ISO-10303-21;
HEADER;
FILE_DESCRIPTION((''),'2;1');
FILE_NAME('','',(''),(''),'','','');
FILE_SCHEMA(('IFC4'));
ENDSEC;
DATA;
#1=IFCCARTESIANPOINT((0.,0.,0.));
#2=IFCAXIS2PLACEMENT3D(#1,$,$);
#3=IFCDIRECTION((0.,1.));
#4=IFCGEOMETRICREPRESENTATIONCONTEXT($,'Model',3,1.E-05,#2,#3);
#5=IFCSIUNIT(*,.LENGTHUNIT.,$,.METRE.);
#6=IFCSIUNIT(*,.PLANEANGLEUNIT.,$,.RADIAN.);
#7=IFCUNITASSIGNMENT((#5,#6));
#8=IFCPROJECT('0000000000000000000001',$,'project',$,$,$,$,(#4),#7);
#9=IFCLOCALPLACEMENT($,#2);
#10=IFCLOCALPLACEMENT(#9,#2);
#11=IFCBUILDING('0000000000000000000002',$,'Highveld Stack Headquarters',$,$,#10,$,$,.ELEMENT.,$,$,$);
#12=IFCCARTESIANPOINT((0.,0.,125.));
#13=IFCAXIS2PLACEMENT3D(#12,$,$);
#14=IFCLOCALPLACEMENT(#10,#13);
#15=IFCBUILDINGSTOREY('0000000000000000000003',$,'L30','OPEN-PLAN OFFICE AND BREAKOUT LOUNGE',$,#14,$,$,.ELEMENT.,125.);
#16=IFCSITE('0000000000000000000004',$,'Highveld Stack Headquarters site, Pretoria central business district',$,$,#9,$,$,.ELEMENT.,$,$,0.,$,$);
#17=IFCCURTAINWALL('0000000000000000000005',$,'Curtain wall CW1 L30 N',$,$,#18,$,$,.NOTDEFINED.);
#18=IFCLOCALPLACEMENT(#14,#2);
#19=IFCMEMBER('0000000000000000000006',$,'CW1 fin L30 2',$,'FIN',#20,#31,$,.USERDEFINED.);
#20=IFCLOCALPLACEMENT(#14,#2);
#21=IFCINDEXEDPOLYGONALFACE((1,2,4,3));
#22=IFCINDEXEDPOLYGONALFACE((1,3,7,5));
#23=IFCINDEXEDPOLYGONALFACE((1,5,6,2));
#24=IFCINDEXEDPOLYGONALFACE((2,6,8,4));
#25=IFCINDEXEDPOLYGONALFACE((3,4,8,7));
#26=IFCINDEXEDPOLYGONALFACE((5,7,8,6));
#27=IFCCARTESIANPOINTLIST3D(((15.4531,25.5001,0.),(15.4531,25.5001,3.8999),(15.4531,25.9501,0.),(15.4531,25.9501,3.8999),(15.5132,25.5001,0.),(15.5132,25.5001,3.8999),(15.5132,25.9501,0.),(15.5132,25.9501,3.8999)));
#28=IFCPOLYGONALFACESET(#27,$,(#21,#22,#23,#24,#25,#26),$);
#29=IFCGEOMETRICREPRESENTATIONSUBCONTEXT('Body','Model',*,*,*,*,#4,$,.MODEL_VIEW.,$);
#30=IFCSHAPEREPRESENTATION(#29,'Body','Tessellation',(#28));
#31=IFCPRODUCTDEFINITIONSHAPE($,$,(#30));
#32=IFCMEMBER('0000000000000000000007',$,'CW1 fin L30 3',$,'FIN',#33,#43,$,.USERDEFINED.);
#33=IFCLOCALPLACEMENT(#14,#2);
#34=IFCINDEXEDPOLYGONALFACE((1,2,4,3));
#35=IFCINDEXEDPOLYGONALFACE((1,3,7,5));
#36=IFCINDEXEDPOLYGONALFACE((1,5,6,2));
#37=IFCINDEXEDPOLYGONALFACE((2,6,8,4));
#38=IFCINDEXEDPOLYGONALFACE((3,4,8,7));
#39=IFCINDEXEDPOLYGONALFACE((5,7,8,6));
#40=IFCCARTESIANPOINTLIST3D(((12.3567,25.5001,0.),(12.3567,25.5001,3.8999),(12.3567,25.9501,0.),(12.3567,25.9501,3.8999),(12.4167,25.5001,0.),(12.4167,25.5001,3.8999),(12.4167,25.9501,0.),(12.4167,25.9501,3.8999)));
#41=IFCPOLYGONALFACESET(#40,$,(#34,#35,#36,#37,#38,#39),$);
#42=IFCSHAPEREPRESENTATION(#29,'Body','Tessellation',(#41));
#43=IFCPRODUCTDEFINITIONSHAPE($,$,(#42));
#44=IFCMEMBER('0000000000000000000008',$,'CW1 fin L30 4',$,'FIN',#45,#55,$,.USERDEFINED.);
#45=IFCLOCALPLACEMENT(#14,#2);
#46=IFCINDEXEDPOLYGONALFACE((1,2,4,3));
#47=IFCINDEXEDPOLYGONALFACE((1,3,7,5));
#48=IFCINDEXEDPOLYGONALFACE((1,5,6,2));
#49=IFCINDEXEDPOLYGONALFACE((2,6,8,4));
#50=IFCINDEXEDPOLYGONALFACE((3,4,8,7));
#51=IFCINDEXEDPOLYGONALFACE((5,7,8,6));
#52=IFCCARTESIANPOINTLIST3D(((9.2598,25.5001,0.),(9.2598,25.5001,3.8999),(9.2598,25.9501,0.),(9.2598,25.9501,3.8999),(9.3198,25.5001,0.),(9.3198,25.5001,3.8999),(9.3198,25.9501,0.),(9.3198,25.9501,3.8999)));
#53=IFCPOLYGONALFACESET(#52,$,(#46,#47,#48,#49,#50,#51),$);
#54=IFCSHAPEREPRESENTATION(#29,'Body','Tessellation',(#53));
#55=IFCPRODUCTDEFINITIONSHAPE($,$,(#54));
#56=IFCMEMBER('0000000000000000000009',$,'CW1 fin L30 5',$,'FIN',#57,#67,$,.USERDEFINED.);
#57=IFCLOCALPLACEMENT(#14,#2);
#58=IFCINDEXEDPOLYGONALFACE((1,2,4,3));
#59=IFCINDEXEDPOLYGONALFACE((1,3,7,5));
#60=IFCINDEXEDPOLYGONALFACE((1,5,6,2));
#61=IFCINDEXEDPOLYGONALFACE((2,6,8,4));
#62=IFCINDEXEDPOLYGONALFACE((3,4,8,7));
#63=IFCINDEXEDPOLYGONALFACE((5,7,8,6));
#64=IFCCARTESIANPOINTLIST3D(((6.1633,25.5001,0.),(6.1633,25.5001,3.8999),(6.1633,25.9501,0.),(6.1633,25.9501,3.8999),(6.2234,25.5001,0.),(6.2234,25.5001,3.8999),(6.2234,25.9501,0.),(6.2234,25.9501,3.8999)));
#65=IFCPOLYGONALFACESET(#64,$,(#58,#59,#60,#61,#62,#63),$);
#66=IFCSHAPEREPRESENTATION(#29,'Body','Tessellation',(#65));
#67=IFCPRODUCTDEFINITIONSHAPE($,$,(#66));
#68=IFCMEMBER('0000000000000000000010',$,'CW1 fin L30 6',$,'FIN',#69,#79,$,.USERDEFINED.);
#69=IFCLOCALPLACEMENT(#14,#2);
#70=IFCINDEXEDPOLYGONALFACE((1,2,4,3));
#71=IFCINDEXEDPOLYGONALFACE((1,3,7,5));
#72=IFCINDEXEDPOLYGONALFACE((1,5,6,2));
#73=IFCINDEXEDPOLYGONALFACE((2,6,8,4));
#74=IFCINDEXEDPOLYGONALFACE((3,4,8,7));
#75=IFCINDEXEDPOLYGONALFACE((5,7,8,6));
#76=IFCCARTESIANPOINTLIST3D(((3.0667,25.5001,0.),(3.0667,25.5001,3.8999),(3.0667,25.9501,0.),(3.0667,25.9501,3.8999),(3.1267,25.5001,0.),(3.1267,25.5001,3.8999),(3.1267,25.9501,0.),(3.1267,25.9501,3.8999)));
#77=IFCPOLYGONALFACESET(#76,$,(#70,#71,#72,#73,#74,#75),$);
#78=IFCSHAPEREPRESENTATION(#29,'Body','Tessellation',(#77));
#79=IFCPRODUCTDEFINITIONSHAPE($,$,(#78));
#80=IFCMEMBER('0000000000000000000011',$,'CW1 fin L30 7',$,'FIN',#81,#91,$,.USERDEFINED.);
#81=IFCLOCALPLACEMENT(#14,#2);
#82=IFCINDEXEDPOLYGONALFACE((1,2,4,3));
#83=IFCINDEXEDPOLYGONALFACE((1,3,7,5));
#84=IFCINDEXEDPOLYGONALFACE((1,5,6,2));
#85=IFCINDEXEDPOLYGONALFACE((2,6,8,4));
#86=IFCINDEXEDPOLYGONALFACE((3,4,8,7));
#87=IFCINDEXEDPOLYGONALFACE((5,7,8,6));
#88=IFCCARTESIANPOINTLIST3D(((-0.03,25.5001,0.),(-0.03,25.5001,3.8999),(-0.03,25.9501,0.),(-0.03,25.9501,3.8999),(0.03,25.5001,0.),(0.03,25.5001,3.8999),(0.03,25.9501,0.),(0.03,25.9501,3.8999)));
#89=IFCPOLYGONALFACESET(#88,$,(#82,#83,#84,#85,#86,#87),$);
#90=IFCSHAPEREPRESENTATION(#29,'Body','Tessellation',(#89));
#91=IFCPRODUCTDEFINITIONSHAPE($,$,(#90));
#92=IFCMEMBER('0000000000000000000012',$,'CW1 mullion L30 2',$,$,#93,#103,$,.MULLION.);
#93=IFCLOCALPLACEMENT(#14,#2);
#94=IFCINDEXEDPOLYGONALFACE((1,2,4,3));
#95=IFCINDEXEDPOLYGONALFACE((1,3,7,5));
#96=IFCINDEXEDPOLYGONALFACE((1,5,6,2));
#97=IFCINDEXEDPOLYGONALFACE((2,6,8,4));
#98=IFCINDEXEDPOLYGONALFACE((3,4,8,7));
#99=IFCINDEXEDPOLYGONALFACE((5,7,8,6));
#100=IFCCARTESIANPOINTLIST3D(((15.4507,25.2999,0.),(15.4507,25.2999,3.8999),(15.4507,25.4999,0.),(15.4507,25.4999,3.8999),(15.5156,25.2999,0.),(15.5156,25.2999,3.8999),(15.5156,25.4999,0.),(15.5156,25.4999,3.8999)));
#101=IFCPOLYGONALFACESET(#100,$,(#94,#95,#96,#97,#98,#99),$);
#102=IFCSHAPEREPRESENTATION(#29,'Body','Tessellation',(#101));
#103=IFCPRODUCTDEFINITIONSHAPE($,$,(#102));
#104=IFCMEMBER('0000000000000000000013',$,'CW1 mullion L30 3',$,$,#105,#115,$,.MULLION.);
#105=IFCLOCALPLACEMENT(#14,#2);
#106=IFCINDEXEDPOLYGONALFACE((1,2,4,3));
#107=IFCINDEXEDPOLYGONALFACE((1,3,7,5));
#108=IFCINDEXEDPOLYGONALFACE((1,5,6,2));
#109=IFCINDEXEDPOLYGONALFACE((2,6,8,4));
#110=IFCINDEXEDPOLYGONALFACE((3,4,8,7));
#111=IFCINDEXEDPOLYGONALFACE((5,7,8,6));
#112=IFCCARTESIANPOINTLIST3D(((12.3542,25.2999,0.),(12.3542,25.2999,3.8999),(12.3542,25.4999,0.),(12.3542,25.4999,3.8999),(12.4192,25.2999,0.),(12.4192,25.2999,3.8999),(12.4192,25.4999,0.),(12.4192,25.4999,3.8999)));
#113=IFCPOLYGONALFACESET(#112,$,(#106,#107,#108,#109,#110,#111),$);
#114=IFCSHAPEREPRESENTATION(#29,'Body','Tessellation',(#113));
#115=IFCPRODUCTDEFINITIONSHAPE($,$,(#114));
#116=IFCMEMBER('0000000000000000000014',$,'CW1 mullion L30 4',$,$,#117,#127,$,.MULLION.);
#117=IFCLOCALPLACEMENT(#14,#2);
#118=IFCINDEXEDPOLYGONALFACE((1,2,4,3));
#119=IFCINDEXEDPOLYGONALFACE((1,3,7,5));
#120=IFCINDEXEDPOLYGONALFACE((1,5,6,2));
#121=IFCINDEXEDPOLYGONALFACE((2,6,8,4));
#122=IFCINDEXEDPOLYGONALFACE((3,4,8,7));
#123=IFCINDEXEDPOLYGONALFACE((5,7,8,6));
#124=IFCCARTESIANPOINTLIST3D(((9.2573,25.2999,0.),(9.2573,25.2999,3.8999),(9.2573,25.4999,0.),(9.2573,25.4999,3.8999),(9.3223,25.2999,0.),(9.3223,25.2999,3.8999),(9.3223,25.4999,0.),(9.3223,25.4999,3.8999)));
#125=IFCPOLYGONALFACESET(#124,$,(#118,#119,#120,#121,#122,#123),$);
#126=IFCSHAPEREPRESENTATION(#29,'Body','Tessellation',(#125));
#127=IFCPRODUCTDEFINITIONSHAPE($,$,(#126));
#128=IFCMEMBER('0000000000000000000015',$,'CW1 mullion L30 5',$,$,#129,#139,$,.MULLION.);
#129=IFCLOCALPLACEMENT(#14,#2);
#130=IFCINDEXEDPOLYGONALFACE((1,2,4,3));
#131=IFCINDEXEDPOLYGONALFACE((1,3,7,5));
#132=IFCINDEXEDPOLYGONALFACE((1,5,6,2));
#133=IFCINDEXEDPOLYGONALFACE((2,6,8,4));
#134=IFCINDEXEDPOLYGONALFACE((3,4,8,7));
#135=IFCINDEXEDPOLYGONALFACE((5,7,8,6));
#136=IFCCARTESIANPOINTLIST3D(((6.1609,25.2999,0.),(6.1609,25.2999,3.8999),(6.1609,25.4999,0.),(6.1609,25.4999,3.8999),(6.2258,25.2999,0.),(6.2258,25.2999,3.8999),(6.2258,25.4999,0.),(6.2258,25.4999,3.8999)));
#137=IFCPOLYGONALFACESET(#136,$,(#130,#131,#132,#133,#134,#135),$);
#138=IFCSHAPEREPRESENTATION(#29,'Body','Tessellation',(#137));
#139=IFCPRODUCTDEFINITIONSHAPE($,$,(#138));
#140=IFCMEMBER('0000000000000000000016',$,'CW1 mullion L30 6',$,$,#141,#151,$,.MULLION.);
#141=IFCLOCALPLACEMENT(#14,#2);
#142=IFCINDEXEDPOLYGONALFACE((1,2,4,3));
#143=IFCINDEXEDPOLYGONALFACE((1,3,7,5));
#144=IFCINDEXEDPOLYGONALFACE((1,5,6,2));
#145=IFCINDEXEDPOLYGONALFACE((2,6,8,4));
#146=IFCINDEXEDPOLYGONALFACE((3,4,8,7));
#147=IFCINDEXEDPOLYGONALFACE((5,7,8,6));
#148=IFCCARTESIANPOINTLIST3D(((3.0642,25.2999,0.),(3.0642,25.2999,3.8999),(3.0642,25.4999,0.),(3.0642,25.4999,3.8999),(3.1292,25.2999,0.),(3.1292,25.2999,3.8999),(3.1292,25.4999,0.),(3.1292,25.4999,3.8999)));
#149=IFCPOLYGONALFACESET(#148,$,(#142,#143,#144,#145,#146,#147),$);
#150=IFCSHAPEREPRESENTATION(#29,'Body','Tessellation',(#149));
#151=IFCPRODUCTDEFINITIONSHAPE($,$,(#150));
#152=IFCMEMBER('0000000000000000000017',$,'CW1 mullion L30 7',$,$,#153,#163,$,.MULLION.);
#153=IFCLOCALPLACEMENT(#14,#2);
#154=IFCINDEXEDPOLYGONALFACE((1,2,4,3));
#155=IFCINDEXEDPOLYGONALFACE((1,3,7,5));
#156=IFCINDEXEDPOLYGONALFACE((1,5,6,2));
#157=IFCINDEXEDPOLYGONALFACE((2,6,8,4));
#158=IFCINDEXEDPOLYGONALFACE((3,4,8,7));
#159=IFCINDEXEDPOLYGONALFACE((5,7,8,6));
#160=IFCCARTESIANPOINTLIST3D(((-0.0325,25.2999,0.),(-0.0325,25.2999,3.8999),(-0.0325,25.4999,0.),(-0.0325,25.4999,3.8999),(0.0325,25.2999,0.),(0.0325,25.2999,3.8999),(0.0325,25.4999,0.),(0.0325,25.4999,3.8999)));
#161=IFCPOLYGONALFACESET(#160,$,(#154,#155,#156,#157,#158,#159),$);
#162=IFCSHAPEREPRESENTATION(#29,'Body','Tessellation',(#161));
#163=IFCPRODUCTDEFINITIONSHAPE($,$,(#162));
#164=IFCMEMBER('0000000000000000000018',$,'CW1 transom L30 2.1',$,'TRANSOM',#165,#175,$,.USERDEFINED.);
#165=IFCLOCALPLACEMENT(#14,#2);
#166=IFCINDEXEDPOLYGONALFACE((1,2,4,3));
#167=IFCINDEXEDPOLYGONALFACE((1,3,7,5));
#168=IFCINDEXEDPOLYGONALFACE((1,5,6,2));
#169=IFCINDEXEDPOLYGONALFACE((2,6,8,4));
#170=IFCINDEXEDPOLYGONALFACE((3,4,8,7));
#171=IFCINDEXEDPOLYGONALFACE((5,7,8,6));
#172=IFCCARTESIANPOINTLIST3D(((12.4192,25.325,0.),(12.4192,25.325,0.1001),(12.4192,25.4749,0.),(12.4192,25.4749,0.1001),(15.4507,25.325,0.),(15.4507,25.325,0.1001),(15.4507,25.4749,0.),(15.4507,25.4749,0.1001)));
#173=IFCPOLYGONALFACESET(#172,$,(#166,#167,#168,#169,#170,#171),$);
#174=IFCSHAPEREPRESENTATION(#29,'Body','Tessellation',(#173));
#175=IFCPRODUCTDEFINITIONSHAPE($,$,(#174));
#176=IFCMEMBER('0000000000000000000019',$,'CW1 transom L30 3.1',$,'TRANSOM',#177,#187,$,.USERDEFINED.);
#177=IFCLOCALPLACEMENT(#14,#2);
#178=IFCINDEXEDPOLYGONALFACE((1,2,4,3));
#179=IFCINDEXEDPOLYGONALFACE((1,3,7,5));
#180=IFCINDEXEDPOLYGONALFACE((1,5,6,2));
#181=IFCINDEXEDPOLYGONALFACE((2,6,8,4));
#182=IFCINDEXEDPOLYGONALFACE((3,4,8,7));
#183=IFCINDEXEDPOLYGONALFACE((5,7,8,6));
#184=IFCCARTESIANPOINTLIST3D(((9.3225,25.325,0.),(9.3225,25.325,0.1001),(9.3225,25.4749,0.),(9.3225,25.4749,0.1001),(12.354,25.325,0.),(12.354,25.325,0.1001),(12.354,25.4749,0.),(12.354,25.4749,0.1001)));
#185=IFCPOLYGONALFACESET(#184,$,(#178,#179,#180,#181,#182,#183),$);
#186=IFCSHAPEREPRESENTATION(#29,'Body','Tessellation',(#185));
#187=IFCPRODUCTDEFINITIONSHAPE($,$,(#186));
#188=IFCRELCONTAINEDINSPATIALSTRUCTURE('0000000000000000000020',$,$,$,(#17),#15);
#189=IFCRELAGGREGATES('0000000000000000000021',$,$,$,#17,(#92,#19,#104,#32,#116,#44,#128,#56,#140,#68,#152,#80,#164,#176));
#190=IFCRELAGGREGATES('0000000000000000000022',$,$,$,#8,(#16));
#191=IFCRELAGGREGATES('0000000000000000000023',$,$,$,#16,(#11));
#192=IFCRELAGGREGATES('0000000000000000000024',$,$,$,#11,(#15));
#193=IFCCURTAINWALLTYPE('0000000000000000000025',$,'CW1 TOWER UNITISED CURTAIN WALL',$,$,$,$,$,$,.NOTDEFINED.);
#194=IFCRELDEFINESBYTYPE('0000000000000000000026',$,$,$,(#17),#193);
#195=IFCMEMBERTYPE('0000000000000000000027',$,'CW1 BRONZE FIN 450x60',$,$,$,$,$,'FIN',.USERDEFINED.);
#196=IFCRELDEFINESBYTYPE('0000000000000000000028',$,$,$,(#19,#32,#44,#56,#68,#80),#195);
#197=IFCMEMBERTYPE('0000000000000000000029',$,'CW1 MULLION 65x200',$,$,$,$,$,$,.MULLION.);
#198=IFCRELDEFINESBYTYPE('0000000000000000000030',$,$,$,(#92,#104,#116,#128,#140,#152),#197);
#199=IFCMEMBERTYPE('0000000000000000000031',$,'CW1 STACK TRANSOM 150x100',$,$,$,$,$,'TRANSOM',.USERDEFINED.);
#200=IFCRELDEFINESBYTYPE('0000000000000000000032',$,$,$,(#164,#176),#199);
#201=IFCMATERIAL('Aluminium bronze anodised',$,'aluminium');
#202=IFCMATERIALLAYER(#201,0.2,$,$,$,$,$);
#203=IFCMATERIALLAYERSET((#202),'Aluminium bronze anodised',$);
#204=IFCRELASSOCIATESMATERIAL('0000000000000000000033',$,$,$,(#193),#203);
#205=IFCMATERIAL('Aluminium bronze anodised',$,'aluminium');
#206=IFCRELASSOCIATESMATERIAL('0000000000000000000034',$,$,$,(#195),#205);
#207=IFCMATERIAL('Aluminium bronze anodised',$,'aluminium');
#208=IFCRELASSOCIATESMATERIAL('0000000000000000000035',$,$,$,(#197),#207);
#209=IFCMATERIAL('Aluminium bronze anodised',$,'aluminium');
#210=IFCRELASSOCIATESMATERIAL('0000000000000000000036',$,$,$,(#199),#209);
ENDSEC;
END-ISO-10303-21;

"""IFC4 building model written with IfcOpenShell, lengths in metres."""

from ifc_helpers import new_model, si_unit, direction, frame, origin, origin_2d, place, context, subcontext, project, spatial, rectangle, extrude, material, layer, layer_set, material_profile, profile_set, type_object, element, aggregate, save


model = new_model("IFC4")

# Units and contexts
model_context = context("Model", 3, precision=1e-05, world=origin(), true_north=direction((0.0, 1.0)))
body_context = subcontext(model_context, "Body", "Model", "MODEL_VIEW")
ifc_project = project(units=[si_unit("LENGTHUNIT", "METRE"), si_unit("PLANEANGLEUNIT", "RADIAN")], contexts=[model_context])

# Site, building, storey
site_placement = place(None, origin())
site = spatial("IfcSite", under=ifc_project, at=site_placement, Name="Highveld Stack Headquarters site, Pretoria central business district", CompositionType="ELEMENT", RefElevation=0.0)
building_placement = place(site_placement, origin())
building = spatial("IfcBuilding", under=site, at=building_placement, Name="Highveld Stack Headquarters", CompositionType="ELEMENT")
storey_placement = place(building_placement, frame((0.0, 0.0, 125.0)))
storey = spatial("IfcBuildingStorey", under=building, at=storey_placement, Name="L30", Description="OPEN-PLAN OFFICE AND BREAKOUT LOUNGE", CompositionType="ELEMENT", Elevation=125.0)

# Curtain wall, members
ifc_material_1 = material(Name="Aluminium bronze anodised", Category="aluminium")
ifc_layer_1 = layer(ifc_material_1, 0.2)
ifc_layer_set_1 = layer_set([ifc_layer_1], Name="Aluminium bronze anodised")
curtain_wall_type = type_object("IfcCurtainWallType", Name="CW1 TOWER UNITISED CURTAIN WALL", PredefinedType="NOTDEFINED", material=ifc_layer_set_1)
curtain_wall_placement = place(storey_placement, origin())
curtain_wall = element("IfcCurtainWall", 1, at=curtain_wall_placement, inside=storey, type_object=curtain_wall_type, Name="Curtain wall CW1 L30 N", PredefinedType="NOTDEFINED")
ifc_material_2 = material(Name="Aluminium bronze anodised", Category="aluminium")
ifc_material_profile_1 = material_profile(ifc_material_2, rectangle(XDim=0.45, YDim=0.0601, at=origin_2d()), Name="FIN 450x60")
ifc_profile_set_1 = profile_set([ifc_material_profile_1], Name="Aluminium bronze anodised")
member_type_1 = type_object("IfcMemberType", Name="CW1 BRONZE FIN 450x60", ElementType="FIN", PredefinedType="USERDEFINED", material=ifc_profile_set_1)
member_1_placement = place(storey_placement, frame((15.4832, 25.7251, 0.0), z_axis=(0.0, 0.0, 1.0), x_axis=(0.0, -1.0, 0.0)))
member_1 = element("IfcMember", 2, at=member_1_placement, type_object=member_type_1, Name="CW1 fin L30 2", ObjectType="FIN", PredefinedType="USERDEFINED", context=body_context, shape_type="SweptSolid", body=[
    extrude(rectangle(XDim=0.45, YDim=0.0601, at=origin_2d()), origin(), (0.0, 0.0, 1.0), 3.8999),
])
member_2_placement = place(storey_placement, frame((12.3867, 25.7251, 0.0), z_axis=(0.0, 0.0, 1.0), x_axis=(0.0, -1.0, 0.0)))
member_2 = element("IfcMember", 3, at=member_2_placement, type_object=member_type_1, Name="CW1 fin L30 3", ObjectType="FIN", PredefinedType="USERDEFINED", context=body_context, shape_type="SweptSolid", body=[
    extrude(rectangle(XDim=0.45, YDim=0.0601, at=origin_2d()), origin(), (0.0, 0.0, 1.0), 3.8999),
])
member_3_placement = place(storey_placement, frame((9.2898, 25.7251, 0.0), z_axis=(0.0, 0.0, 1.0), x_axis=(0.0, -1.0, 0.0)))
member_3 = element("IfcMember", 4, at=member_3_placement, type_object=member_type_1, Name="CW1 fin L30 4", ObjectType="FIN", PredefinedType="USERDEFINED", context=body_context, shape_type="SweptSolid", body=[
    extrude(rectangle(XDim=0.45, YDim=0.0601, at=origin_2d()), origin(), (0.0, 0.0, 1.0), 3.8999),
])
member_4_placement = place(storey_placement, frame((6.1934, 25.7251, 0.0), z_axis=(0.0, 0.0, 1.0), x_axis=(0.0, -1.0, 0.0)))
member_4 = element("IfcMember", 5, at=member_4_placement, type_object=member_type_1, Name="CW1 fin L30 5", ObjectType="FIN", PredefinedType="USERDEFINED", context=body_context, shape_type="SweptSolid", body=[
    extrude(rectangle(XDim=0.45, YDim=0.0601, at=origin_2d()), origin(), (0.0, 0.0, 1.0), 3.8999),
])
member_5_placement = place(storey_placement, frame((3.0967, 25.7251, 0.0), z_axis=(0.0, 0.0, 1.0), x_axis=(0.0, -1.0, 0.0)))
member_5 = element("IfcMember", 6, at=member_5_placement, type_object=member_type_1, Name="CW1 fin L30 6", ObjectType="FIN", PredefinedType="USERDEFINED", context=body_context, shape_type="SweptSolid", body=[
    extrude(rectangle(XDim=0.45, YDim=0.0601, at=origin_2d()), origin(), (0.0, 0.0, 1.0), 3.8999),
])
member_6_placement = place(storey_placement, frame((0.0, 25.7251, 0.0), z_axis=(0.0, 0.0, 1.0), x_axis=(0.0, -1.0, 0.0)))
member_6 = element("IfcMember", 7, at=member_6_placement, type_object=member_type_1, Name="CW1 fin L30 7", ObjectType="FIN", PredefinedType="USERDEFINED", context=body_context, shape_type="SweptSolid", body=[
    extrude(rectangle(XDim=0.45, YDim=0.0601, at=origin_2d()), origin(), (0.0, 0.0, 1.0), 3.8999),
])
ifc_material_3 = material(Name="Aluminium bronze anodised", Category="aluminium")
ifc_material_profile_2 = material_profile(ifc_material_3, rectangle(XDim=0.2, YDim=0.0649, at=origin_2d()), Name="CW1 MULLION 65x200")
ifc_profile_set_2 = profile_set([ifc_material_profile_2], Name="Aluminium bronze anodised")
member_type_2 = type_object("IfcMemberType", Name="CW1 MULLION 65x200", PredefinedType="MULLION", material=ifc_profile_set_2)
member_7_placement = place(storey_placement, frame((15.4832, 25.3999, 0.0), z_axis=(0.0, 0.0, 1.0), x_axis=(0.0, -1.0, 0.0)))
member_7 = element("IfcMember", 8, at=member_7_placement, type_object=member_type_2, Name="CW1 mullion L30 2", PredefinedType="MULLION", context=body_context, shape_type="SweptSolid", body=[
    extrude(rectangle(XDim=0.2, YDim=0.0649, at=origin_2d()), origin(), (0.0, 0.0, 1.0), 3.8999),
])
member_8_placement = place(storey_placement, frame((12.3867, 25.3999, 0.0), z_axis=(0.0, 0.0, 1.0), x_axis=(0.0, -1.0, 0.0)))
member_8 = element("IfcMember", 9, at=member_8_placement, type_object=member_type_2, Name="CW1 mullion L30 3", PredefinedType="MULLION", context=body_context, shape_type="SweptSolid", body=[
    extrude(rectangle(XDim=0.2, YDim=0.0649, at=origin_2d()), origin(), (0.0, 0.0, 1.0), 3.8999),
])
member_9_placement = place(storey_placement, frame((9.2898, 25.3999, 0.0), z_axis=(0.0, 0.0, 1.0), x_axis=(0.0, -1.0, 0.0)))
member_9 = element("IfcMember", 10, at=member_9_placement, type_object=member_type_2, Name="CW1 mullion L30 4", PredefinedType="MULLION", context=body_context, shape_type="SweptSolid", body=[
    extrude(rectangle(XDim=0.2, YDim=0.0649, at=origin_2d()), origin(), (0.0, 0.0, 1.0), 3.8999),
])
member_10_placement = place(storey_placement, frame((6.1934, 25.3999, 0.0), z_axis=(0.0, 0.0, 1.0), x_axis=(0.0, -1.0, 0.0)))
member_10 = element("IfcMember", 11, at=member_10_placement, type_object=member_type_2, Name="CW1 mullion L30 5", PredefinedType="MULLION", context=body_context, shape_type="SweptSolid", body=[
    extrude(rectangle(XDim=0.2, YDim=0.0649, at=origin_2d()), origin(), (0.0, 0.0, 1.0), 3.8999),
])
member_11_placement = place(storey_placement, frame((3.0967, 25.3999, 0.0), z_axis=(0.0, 0.0, 1.0), x_axis=(0.0, -1.0, 0.0)))
member_11 = element("IfcMember", 12, at=member_11_placement, type_object=member_type_2, Name="CW1 mullion L30 6", PredefinedType="MULLION", context=body_context, shape_type="SweptSolid", body=[
    extrude(rectangle(XDim=0.2, YDim=0.0649, at=origin_2d()), origin(), (0.0, 0.0, 1.0), 3.8999),
])
member_12_placement = place(storey_placement, frame((0.0, 25.3999, 0.0), z_axis=(0.0, 0.0, 1.0), x_axis=(0.0, -1.0, 0.0)))
member_12 = element("IfcMember", 13, at=member_12_placement, type_object=member_type_2, Name="CW1 mullion L30 7", PredefinedType="MULLION", context=body_context, shape_type="SweptSolid", body=[
    extrude(rectangle(XDim=0.2, YDim=0.0649, at=origin_2d()), origin(), (0.0, 0.0, 1.0), 3.8999),
])
ifc_material_4 = material(Name="Aluminium bronze anodised", Category="aluminium")
ifc_material_profile_3 = material_profile(ifc_material_4, rectangle(XDim=0.1499, YDim=0.1001, at=origin_2d()), Name="CW1 TRANSOM 150x100")
ifc_profile_set_3 = profile_set([ifc_material_profile_3], Name="Aluminium bronze anodised")
member_type_3 = type_object("IfcMemberType", Name="CW1 STACK TRANSOM 150x100", ElementType="TRANSOM", PredefinedType="USERDEFINED", material=ifc_profile_set_3)
member_13_placement = place(storey_placement, frame((15.4507, 25.3999, 0.05), z_axis=(-1.0, 0.0, 0.0), x_axis=(0.0, -1.0, 0.0)))
member_13 = element("IfcMember", 14, at=member_13_placement, type_object=member_type_3, Name="CW1 transom L30 2.1", ObjectType="TRANSOM", PredefinedType="USERDEFINED", context=body_context, shape_type="SweptSolid", body=[
    extrude(rectangle(XDim=0.1499, YDim=0.1001, at=origin_2d()), origin(), (0.0, 0.0, 1.0), 3.0315),
])
member_14_placement = place(storey_placement, frame((12.354, 25.3999, 0.05), z_axis=(-1.0, 0.0, 0.0), x_axis=(0.0, -1.0, 0.0)))
member_14 = element("IfcMember", 15, at=member_14_placement, type_object=member_type_3, Name="CW1 transom L30 3.1", ObjectType="TRANSOM", PredefinedType="USERDEFINED", context=body_context, shape_type="SweptSolid", body=[
    extrude(rectangle(XDim=0.1499, YDim=0.1001, at=origin_2d()), origin(), (0.0, 0.0, 1.0), 3.0315),
])
aggregate(curtain_wall, [member_7, member_1, member_8, member_2, member_9, member_3, member_10, member_4, member_11, member_5, member_12, member_6, member_13, member_14])

save(model, "model.ifc")
